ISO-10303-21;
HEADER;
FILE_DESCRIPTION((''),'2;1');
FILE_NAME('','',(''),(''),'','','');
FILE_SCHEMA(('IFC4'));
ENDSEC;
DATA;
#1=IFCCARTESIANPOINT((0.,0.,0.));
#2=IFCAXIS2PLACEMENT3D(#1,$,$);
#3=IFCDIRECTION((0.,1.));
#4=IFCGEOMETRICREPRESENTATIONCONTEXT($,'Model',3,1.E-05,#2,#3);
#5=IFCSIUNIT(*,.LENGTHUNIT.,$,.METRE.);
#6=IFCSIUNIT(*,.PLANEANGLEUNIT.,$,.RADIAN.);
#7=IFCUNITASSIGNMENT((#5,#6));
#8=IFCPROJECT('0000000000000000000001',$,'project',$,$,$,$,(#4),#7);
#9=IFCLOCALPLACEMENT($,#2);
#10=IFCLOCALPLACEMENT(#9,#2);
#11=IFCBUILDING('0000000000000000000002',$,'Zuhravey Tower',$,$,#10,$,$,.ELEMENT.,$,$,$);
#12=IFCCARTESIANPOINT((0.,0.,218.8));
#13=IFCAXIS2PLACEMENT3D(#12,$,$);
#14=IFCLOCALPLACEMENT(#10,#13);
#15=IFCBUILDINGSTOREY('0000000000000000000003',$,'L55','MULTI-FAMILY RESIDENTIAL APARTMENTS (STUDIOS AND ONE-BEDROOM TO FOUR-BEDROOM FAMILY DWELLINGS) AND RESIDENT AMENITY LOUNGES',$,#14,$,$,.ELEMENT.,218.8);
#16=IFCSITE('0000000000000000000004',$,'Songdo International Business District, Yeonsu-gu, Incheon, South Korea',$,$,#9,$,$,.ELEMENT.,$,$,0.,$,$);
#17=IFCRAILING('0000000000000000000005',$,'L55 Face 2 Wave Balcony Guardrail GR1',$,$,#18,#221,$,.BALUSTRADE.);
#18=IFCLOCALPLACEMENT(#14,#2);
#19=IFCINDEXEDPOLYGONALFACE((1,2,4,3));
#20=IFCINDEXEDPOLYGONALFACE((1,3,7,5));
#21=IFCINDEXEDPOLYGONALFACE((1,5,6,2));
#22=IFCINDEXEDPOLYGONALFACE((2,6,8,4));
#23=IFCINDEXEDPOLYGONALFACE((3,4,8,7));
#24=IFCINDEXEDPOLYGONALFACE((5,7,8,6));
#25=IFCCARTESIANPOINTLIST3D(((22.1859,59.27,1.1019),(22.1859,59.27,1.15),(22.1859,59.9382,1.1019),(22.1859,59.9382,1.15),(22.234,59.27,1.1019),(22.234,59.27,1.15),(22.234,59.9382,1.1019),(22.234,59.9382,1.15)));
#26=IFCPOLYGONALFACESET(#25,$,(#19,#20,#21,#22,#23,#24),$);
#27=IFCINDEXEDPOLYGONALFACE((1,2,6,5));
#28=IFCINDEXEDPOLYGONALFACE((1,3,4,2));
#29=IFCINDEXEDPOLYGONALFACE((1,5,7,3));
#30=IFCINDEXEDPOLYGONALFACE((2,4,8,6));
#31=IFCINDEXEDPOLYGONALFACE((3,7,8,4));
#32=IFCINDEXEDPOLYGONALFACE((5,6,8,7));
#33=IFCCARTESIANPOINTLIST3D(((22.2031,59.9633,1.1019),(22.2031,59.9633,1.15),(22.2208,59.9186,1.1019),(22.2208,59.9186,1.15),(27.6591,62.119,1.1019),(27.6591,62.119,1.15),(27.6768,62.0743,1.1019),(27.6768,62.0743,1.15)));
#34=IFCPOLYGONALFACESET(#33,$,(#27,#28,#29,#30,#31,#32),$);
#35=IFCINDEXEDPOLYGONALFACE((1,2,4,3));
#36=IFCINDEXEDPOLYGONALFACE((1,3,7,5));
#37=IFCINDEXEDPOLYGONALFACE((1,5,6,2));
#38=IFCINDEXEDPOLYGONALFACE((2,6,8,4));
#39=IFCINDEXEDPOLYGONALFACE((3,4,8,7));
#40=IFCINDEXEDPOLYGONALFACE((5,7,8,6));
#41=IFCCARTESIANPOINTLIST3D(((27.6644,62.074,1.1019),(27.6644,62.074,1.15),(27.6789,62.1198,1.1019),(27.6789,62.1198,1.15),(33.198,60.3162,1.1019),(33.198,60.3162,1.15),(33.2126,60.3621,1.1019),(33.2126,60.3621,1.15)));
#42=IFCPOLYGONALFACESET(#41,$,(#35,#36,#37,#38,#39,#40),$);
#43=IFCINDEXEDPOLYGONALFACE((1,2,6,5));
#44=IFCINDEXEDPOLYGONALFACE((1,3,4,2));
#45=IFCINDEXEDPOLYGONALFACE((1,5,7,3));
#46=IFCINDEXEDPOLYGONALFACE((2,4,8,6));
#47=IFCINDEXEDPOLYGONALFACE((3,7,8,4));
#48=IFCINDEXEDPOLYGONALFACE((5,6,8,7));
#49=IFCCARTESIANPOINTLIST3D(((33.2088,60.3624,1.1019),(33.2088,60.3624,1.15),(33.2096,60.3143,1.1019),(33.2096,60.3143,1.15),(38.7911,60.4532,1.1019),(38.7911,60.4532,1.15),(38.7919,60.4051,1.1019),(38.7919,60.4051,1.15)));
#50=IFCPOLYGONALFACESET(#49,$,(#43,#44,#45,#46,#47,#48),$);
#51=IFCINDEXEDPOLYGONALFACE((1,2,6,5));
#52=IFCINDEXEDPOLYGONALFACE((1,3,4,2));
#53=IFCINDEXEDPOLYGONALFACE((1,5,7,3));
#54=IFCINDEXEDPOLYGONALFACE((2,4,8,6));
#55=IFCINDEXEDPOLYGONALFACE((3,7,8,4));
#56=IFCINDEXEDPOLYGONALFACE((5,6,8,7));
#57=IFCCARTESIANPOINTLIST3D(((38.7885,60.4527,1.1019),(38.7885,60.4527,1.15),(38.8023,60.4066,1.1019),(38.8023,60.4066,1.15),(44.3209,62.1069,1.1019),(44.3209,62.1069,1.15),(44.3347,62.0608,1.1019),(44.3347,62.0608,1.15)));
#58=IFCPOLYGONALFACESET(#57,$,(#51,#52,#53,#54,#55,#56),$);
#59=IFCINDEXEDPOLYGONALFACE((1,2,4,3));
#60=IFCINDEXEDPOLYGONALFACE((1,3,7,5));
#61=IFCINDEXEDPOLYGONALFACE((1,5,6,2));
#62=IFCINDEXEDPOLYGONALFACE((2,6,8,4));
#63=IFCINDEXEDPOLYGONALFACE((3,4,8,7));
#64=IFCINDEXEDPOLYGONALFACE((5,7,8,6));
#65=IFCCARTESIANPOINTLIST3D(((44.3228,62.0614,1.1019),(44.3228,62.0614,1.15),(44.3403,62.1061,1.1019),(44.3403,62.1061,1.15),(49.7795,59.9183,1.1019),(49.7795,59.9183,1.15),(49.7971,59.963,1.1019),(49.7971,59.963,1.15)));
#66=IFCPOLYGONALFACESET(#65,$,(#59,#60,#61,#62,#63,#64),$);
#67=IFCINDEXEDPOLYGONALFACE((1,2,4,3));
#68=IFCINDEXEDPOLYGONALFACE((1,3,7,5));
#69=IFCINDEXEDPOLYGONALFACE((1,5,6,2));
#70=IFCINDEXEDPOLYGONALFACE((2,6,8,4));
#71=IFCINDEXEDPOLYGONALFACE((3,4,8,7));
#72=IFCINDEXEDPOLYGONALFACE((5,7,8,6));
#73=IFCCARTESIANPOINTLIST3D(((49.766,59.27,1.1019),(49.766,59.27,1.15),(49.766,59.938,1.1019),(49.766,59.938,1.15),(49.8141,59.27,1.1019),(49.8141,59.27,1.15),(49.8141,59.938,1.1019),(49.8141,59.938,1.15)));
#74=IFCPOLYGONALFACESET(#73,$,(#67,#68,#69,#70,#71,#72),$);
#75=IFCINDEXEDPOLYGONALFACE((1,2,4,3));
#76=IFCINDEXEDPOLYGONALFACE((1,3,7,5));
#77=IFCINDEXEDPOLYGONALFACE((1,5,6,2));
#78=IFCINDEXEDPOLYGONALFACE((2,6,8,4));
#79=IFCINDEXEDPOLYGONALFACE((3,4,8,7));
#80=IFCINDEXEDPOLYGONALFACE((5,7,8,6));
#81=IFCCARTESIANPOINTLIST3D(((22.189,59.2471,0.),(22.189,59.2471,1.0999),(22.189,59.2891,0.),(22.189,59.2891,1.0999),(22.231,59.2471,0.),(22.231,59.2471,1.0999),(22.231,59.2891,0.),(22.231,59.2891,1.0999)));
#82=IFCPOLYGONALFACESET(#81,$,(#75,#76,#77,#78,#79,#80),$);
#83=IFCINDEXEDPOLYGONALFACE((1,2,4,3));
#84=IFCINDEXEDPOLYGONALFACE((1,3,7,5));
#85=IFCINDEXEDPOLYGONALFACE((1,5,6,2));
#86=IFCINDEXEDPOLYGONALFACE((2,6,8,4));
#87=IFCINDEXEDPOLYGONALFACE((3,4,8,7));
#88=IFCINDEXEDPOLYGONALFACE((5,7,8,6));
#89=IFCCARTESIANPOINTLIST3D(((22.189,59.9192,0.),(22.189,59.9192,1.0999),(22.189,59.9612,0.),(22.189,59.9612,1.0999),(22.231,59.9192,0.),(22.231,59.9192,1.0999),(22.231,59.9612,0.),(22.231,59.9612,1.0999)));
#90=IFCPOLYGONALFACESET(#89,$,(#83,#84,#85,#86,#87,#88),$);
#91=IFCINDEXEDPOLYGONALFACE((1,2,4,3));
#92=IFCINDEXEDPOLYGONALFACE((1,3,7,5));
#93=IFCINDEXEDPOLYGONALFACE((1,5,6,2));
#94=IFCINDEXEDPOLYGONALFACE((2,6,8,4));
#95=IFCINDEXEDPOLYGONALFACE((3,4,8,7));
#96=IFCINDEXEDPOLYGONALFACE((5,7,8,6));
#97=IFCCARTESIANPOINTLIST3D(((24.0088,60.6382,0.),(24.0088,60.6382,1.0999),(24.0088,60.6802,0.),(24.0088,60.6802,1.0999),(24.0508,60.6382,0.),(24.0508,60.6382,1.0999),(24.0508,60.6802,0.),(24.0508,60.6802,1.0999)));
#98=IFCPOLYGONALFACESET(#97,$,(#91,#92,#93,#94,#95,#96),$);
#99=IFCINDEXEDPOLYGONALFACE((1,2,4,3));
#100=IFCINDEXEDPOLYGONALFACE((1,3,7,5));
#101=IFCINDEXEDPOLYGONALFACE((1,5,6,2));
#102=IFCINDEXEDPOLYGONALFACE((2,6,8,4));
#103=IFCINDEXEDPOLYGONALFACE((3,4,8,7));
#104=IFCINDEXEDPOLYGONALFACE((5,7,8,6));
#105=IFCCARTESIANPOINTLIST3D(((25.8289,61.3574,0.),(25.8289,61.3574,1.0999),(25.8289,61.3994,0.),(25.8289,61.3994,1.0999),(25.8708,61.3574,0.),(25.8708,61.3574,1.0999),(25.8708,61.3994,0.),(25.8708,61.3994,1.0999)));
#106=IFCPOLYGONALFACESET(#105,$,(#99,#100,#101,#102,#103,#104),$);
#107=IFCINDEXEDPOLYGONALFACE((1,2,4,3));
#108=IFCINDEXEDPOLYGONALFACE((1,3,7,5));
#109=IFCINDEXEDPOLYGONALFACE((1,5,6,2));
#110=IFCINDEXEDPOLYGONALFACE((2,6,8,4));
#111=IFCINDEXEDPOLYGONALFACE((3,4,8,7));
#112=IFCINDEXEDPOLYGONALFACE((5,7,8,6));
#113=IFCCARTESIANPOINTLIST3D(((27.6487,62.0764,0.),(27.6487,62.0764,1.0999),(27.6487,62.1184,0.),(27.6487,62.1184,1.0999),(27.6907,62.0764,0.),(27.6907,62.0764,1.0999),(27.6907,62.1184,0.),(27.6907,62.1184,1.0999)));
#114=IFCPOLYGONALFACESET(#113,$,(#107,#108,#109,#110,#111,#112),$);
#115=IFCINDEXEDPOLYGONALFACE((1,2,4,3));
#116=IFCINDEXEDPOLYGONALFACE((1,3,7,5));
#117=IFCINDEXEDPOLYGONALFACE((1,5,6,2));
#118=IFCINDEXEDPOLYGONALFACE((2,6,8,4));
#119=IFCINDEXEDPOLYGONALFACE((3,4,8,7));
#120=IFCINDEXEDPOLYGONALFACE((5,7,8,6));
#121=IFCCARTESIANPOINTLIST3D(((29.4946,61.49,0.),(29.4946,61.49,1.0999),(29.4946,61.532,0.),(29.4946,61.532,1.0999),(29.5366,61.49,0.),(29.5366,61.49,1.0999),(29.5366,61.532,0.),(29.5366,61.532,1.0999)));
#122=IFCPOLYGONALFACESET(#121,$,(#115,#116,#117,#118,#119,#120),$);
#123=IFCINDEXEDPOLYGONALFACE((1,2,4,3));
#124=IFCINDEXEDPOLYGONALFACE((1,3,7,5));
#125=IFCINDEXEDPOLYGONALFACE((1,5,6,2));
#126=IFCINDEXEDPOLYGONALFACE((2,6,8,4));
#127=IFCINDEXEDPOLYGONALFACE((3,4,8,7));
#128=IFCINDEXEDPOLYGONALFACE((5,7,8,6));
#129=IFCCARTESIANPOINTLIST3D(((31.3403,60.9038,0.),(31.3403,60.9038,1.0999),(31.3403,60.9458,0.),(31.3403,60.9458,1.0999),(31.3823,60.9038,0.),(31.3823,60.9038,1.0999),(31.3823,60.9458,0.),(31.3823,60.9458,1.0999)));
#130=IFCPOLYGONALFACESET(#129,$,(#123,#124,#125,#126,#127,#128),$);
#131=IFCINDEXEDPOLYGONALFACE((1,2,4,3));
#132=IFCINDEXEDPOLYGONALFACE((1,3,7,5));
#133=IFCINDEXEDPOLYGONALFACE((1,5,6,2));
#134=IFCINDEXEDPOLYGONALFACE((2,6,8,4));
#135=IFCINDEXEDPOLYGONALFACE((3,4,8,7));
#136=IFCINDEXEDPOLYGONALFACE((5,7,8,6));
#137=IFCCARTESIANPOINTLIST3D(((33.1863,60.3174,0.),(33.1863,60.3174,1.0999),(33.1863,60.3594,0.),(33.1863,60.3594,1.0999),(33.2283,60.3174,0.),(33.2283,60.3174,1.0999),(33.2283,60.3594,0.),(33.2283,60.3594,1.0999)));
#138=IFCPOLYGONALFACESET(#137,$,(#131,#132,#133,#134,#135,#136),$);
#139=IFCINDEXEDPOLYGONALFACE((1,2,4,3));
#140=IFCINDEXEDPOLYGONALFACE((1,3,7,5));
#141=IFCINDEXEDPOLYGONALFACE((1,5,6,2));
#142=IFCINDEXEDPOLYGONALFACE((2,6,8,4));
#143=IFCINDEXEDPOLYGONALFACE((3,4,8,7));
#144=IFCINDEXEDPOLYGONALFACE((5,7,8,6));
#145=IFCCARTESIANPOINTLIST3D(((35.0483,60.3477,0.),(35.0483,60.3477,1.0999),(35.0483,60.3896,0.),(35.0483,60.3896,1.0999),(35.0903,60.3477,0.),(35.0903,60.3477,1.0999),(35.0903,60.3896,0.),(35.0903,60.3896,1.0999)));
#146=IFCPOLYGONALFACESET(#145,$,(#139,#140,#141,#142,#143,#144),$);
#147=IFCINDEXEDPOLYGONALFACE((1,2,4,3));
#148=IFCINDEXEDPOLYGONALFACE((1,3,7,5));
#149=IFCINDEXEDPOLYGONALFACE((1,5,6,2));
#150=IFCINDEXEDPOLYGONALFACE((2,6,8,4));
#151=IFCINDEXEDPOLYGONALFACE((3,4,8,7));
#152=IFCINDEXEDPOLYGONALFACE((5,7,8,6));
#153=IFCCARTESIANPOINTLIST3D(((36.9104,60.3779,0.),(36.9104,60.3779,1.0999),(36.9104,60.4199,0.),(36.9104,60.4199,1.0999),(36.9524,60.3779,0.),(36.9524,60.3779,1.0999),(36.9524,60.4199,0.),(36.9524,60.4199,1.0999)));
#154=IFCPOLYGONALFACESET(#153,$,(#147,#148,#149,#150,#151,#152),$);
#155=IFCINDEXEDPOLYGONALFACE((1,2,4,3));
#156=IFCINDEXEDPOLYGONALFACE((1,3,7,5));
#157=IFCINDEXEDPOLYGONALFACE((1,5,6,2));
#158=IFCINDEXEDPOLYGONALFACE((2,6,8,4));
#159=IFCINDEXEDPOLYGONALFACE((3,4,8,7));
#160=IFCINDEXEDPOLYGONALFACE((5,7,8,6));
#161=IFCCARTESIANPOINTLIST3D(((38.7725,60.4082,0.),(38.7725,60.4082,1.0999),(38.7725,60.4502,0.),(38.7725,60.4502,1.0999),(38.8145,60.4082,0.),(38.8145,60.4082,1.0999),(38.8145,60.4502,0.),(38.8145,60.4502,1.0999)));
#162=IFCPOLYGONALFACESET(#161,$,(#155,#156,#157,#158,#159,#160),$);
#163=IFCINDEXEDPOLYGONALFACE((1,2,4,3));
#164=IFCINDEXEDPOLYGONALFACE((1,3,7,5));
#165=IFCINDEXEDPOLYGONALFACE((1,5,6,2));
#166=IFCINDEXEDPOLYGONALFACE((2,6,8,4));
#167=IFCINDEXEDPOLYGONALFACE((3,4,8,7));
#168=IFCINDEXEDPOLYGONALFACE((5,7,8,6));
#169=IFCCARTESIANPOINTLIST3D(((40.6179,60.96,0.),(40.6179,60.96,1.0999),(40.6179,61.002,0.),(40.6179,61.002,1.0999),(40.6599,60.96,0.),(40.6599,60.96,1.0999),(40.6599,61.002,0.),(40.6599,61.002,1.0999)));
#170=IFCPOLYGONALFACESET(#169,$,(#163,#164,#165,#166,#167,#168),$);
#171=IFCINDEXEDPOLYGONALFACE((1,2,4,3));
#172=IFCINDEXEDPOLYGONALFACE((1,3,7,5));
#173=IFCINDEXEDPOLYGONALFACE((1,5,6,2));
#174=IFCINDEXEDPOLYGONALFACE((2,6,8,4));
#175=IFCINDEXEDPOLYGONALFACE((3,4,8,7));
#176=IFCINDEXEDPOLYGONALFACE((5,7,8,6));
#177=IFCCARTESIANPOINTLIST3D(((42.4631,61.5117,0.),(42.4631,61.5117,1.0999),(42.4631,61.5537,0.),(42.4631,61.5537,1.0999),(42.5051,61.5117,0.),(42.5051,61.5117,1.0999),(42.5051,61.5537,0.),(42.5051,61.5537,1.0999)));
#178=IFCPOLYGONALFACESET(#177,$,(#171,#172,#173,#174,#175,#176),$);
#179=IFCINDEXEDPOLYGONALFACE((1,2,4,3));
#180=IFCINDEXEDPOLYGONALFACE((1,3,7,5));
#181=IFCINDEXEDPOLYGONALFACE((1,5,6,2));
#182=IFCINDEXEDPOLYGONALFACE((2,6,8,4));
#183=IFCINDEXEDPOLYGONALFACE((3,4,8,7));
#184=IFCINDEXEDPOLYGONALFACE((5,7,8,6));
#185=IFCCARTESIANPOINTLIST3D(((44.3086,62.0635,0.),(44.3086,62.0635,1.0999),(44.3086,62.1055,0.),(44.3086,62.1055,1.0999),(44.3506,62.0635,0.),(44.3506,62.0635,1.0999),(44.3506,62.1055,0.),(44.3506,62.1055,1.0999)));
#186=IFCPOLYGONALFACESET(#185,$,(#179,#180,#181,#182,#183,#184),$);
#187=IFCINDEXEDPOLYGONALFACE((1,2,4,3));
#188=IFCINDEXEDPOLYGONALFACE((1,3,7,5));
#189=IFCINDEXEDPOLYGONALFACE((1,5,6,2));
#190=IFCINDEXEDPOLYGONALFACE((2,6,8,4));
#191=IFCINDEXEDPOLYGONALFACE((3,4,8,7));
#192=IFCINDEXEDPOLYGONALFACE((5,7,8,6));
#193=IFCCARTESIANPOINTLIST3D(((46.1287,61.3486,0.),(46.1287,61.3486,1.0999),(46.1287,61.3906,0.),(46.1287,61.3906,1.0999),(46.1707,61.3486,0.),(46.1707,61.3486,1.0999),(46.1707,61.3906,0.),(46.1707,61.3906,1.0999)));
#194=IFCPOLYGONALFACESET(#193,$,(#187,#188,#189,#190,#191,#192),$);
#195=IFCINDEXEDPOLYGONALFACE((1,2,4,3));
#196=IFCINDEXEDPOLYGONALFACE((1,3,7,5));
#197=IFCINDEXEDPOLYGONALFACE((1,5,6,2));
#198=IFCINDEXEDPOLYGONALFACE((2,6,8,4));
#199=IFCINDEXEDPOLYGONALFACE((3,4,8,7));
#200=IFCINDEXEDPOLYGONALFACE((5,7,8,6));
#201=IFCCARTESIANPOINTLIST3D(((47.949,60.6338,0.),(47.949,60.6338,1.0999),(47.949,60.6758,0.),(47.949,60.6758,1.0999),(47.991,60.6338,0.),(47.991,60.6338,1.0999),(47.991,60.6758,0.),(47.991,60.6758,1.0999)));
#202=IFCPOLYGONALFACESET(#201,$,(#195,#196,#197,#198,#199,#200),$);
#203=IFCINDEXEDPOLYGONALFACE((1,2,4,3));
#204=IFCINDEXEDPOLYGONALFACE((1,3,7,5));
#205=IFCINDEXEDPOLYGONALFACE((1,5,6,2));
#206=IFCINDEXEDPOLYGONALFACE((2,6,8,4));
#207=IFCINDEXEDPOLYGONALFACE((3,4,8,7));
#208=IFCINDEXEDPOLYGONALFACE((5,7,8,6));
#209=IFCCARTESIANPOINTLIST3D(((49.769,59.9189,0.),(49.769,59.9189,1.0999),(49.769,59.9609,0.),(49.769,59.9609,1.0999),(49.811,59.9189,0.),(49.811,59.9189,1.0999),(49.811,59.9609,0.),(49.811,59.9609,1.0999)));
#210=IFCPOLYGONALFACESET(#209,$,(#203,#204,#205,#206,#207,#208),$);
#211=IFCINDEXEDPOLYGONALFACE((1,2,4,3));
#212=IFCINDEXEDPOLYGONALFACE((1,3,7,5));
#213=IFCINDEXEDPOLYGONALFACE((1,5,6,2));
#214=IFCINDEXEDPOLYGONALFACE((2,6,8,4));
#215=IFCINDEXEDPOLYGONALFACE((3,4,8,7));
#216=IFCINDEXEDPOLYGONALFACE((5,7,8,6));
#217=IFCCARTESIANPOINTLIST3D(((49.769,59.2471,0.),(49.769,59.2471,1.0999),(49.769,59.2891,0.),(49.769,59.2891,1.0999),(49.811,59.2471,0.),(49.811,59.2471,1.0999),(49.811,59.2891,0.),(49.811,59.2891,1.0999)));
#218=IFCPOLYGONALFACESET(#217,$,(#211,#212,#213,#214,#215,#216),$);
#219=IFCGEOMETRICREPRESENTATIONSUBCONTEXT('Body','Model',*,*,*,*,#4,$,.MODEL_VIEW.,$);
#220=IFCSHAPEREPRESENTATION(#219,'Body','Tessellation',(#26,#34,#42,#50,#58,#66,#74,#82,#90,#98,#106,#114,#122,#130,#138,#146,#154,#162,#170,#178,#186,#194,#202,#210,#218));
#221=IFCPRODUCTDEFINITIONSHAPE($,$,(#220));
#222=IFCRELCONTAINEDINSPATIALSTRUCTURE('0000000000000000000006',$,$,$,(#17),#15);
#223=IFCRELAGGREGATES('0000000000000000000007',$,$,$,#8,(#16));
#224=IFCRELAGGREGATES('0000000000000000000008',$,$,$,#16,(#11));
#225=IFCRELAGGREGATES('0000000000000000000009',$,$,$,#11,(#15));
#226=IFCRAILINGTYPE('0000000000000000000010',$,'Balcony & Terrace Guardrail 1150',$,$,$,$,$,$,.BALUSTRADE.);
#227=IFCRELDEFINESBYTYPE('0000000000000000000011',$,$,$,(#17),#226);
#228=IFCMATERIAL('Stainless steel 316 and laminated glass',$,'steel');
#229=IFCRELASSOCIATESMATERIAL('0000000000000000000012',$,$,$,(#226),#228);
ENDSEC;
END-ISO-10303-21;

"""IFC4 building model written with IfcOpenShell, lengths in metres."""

from ifc_helpers import new_model, si_unit, direction, frame, origin, origin_2d, place, context, subcontext, project, spatial, rectangle, extrude, material, type_object, element, save


model = new_model("IFC4")

# Units and contexts
model_context = context("Model", 3, precision=1e-05, world=origin(), true_north=direction((0.0, 1.0)))
body_context = subcontext(model_context, "Body", "Model", "MODEL_VIEW")
ifc_project = project(units=[si_unit("LENGTHUNIT", "METRE"), si_unit("PLANEANGLEUNIT", "RADIAN")], contexts=[model_context])

# Site, building, storey
site_placement = place(None, origin())
site = spatial("IfcSite", under=ifc_project, at=site_placement, Name="Songdo International Business District, Yeonsu-gu, Incheon, South Korea", CompositionType="ELEMENT", RefElevation=0.0)
building_placement = place(site_placement, origin())
building = spatial("IfcBuilding", under=site, at=building_placement, Name="Zuhravey Tower", CompositionType="ELEMENT")
storey_placement = place(building_placement, frame((0.0, 0.0, 218.8)))
storey = spatial("IfcBuildingStorey", under=building, at=storey_placement, Name="L55", Description="MULTI-FAMILY RESIDENTIAL APARTMENTS (STUDIOS AND ONE-BEDROOM TO FOUR-BEDROOM FAMILY DWELLINGS) AND RESIDENT AMENITY LOUNGES", CompositionType="ELEMENT", Elevation=218.8)

# Railing
ifc_material_1 = material(Name="Stainless steel 316 and laminated glass", Category="steel")
railing_type = type_object("IfcRailingType", Name="Balcony & Terrace Guardrail 1150", PredefinedType="BALUSTRADE", material=ifc_material_1)
railing_placement = place(storey_placement, frame((22.21, 59.2681, 0.0)))
element("IfcRailing", 1, at=railing_placement, inside=storey, type_object=railing_type, Name="L55 Face 2 Wave Balcony Guardrail GR1", PredefinedType="BALUSTRADE", context=body_context, shape_type="SweptSolid", body=[
    extrude(rectangle(XDim=0.0481, YDim=0.0481, at=origin_2d()), frame((0.0, 0.002, 1.126), z_axis=(0.0, 1.0, 0.0), x_axis=(-1.0, 0.0, 0.0)), (0.0, 0.0, 1.0), 0.6682),
    extrude(rectangle(XDim=0.0481, YDim=0.0481, at=origin_2d()), frame((0.002, 0.6729, 1.126), z_axis=(0.930034, 0.367472, 0.0), x_axis=(-0.367472, 0.930034, 0.0)), (0.0, 0.0, 1.0), 5.8665),
    extrude(rectangle(XDim=0.0481, YDim=0.0481, at=origin_2d()), frame((5.4617, 2.8289, 1.126), z_axis=(0.953071, -0.302746, 0.0), x_axis=(0.302746, 0.953071, 0.0)), (0.0, 0.0, 1.0), 5.8062),
    extrude(rectangle(XDim=0.0481, YDim=0.0481, at=origin_2d()), frame((10.9993, 1.0703, 1.126), z_axis=(0.999868, 0.016256, 0.0), x_axis=(-0.016256, 0.999868, 0.0)), (0.0, 0.0, 1.0), 5.583),
    extrude(rectangle(XDim=0.0481, YDim=0.0481, at=origin_2d()), frame((16.5854, 1.1616, 1.126), z_axis=(0.958091, 0.286464, 0.0), x_axis=(-0.286464, 0.958091, 0.0)), (0.0, 0.0, 1.0), 5.7744),
    extrude(rectangle(XDim=0.0481, YDim=0.0481, at=origin_2d()), frame((22.1216, 2.8157, 1.126), z_axis=(0.930789, -0.365557, 0.0), x_axis=(0.365557, 0.930789, 0.0)), (0.0, 0.0, 1.0), 5.8625),
    extrude(rectangle(XDim=0.0481, YDim=0.0481, at=origin_2d()), frame((27.5801, 0.6699, 1.126), z_axis=(0.0, -1.0, 0.0), x_axis=(1.0, 0.0, 0.0)), (0.0, 0.0, 1.0), 0.668),
    extrude(rectangle(XDim=0.042, YDim=0.042, at=origin_2d()), origin(), (0.0, 0.0, 1.0), 1.0999),
    extrude(rectangle(XDim=0.042, YDim=0.042, at=origin_2d()), frame((0.0, 0.6721, 0.0)), (0.0, 0.0, 1.0), 1.0999),
    extrude(rectangle(XDim=0.042, YDim=0.042, at=origin_2d()), frame((1.8198, 1.3911, 0.0)), (0.0, 0.0, 1.0), 1.0999),
    extrude(rectangle(XDim=0.042, YDim=0.042, at=origin_2d()), frame((3.6399, 2.1104, 0.0)), (0.0, 0.0, 1.0), 1.0999),
    extrude(rectangle(XDim=0.042, YDim=0.042, at=origin_2d()), frame((5.4597, 2.8293, 0.0)), (0.0, 0.0, 1.0), 1.0999),
    extrude(rectangle(XDim=0.042, YDim=0.042, at=origin_2d()), frame((7.3057, 2.2429, 0.0)), (0.0, 0.0, 1.0), 1.0999),
    extrude(rectangle(XDim=0.042, YDim=0.042, at=origin_2d()), frame((9.1514, 1.6567, 0.0)), (0.0, 0.0, 1.0), 1.0999),
    extrude(rectangle(XDim=0.042, YDim=0.042, at=origin_2d()), frame((10.9973, 1.0703, 0.0)), (0.0, 0.0, 1.0), 1.0999),
    extrude(rectangle(XDim=0.042, YDim=0.042, at=origin_2d()), frame((12.8594, 1.1006, 0.0)), (0.0, 0.0, 1.0), 1.0999),
    extrude(rectangle(XDim=0.042, YDim=0.042, at=origin_2d()), frame((14.7214, 1.1309, 0.0)), (0.0, 0.0, 1.0), 1.0999),
    extrude(rectangle(XDim=0.042, YDim=0.042, at=origin_2d()), frame((16.5835, 1.1611, 0.0)), (0.0, 0.0, 1.0), 1.0999),
    extrude(rectangle(XDim=0.042, YDim=0.042, at=origin_2d()), frame((18.429, 1.7129, 0.0)), (0.0, 0.0, 1.0), 1.0999),
    extrude(rectangle(XDim=0.042, YDim=0.042, at=origin_2d()), frame((20.2742, 2.2646, 0.0)), (0.0, 0.0, 1.0), 1.0999),
    extrude(rectangle(XDim=0.042, YDim=0.042, at=origin_2d()), frame((22.1196, 2.8164, 0.0)), (0.0, 0.0, 1.0), 1.0999),
    extrude(rectangle(XDim=0.042, YDim=0.042, at=origin_2d()), frame((23.9397, 2.1016, 0.0)), (0.0, 0.0, 1.0), 1.0999),
    extrude(rectangle(XDim=0.042, YDim=0.042, at=origin_2d()), frame((25.76, 1.3867, 0.0)), (0.0, 0.0, 1.0), 1.0999),
    extrude(rectangle(XDim=0.042, YDim=0.042, at=origin_2d()), frame((27.5801, 0.6719, 0.0)), (0.0, 0.0, 1.0), 1.0999),
    extrude(rectangle(XDim=0.042, YDim=0.042, at=origin_2d()), frame((27.5801, 0.0, 0.0)), (0.0, 0.0, 1.0), 1.0999),
])

save(model, "model.ifc")
